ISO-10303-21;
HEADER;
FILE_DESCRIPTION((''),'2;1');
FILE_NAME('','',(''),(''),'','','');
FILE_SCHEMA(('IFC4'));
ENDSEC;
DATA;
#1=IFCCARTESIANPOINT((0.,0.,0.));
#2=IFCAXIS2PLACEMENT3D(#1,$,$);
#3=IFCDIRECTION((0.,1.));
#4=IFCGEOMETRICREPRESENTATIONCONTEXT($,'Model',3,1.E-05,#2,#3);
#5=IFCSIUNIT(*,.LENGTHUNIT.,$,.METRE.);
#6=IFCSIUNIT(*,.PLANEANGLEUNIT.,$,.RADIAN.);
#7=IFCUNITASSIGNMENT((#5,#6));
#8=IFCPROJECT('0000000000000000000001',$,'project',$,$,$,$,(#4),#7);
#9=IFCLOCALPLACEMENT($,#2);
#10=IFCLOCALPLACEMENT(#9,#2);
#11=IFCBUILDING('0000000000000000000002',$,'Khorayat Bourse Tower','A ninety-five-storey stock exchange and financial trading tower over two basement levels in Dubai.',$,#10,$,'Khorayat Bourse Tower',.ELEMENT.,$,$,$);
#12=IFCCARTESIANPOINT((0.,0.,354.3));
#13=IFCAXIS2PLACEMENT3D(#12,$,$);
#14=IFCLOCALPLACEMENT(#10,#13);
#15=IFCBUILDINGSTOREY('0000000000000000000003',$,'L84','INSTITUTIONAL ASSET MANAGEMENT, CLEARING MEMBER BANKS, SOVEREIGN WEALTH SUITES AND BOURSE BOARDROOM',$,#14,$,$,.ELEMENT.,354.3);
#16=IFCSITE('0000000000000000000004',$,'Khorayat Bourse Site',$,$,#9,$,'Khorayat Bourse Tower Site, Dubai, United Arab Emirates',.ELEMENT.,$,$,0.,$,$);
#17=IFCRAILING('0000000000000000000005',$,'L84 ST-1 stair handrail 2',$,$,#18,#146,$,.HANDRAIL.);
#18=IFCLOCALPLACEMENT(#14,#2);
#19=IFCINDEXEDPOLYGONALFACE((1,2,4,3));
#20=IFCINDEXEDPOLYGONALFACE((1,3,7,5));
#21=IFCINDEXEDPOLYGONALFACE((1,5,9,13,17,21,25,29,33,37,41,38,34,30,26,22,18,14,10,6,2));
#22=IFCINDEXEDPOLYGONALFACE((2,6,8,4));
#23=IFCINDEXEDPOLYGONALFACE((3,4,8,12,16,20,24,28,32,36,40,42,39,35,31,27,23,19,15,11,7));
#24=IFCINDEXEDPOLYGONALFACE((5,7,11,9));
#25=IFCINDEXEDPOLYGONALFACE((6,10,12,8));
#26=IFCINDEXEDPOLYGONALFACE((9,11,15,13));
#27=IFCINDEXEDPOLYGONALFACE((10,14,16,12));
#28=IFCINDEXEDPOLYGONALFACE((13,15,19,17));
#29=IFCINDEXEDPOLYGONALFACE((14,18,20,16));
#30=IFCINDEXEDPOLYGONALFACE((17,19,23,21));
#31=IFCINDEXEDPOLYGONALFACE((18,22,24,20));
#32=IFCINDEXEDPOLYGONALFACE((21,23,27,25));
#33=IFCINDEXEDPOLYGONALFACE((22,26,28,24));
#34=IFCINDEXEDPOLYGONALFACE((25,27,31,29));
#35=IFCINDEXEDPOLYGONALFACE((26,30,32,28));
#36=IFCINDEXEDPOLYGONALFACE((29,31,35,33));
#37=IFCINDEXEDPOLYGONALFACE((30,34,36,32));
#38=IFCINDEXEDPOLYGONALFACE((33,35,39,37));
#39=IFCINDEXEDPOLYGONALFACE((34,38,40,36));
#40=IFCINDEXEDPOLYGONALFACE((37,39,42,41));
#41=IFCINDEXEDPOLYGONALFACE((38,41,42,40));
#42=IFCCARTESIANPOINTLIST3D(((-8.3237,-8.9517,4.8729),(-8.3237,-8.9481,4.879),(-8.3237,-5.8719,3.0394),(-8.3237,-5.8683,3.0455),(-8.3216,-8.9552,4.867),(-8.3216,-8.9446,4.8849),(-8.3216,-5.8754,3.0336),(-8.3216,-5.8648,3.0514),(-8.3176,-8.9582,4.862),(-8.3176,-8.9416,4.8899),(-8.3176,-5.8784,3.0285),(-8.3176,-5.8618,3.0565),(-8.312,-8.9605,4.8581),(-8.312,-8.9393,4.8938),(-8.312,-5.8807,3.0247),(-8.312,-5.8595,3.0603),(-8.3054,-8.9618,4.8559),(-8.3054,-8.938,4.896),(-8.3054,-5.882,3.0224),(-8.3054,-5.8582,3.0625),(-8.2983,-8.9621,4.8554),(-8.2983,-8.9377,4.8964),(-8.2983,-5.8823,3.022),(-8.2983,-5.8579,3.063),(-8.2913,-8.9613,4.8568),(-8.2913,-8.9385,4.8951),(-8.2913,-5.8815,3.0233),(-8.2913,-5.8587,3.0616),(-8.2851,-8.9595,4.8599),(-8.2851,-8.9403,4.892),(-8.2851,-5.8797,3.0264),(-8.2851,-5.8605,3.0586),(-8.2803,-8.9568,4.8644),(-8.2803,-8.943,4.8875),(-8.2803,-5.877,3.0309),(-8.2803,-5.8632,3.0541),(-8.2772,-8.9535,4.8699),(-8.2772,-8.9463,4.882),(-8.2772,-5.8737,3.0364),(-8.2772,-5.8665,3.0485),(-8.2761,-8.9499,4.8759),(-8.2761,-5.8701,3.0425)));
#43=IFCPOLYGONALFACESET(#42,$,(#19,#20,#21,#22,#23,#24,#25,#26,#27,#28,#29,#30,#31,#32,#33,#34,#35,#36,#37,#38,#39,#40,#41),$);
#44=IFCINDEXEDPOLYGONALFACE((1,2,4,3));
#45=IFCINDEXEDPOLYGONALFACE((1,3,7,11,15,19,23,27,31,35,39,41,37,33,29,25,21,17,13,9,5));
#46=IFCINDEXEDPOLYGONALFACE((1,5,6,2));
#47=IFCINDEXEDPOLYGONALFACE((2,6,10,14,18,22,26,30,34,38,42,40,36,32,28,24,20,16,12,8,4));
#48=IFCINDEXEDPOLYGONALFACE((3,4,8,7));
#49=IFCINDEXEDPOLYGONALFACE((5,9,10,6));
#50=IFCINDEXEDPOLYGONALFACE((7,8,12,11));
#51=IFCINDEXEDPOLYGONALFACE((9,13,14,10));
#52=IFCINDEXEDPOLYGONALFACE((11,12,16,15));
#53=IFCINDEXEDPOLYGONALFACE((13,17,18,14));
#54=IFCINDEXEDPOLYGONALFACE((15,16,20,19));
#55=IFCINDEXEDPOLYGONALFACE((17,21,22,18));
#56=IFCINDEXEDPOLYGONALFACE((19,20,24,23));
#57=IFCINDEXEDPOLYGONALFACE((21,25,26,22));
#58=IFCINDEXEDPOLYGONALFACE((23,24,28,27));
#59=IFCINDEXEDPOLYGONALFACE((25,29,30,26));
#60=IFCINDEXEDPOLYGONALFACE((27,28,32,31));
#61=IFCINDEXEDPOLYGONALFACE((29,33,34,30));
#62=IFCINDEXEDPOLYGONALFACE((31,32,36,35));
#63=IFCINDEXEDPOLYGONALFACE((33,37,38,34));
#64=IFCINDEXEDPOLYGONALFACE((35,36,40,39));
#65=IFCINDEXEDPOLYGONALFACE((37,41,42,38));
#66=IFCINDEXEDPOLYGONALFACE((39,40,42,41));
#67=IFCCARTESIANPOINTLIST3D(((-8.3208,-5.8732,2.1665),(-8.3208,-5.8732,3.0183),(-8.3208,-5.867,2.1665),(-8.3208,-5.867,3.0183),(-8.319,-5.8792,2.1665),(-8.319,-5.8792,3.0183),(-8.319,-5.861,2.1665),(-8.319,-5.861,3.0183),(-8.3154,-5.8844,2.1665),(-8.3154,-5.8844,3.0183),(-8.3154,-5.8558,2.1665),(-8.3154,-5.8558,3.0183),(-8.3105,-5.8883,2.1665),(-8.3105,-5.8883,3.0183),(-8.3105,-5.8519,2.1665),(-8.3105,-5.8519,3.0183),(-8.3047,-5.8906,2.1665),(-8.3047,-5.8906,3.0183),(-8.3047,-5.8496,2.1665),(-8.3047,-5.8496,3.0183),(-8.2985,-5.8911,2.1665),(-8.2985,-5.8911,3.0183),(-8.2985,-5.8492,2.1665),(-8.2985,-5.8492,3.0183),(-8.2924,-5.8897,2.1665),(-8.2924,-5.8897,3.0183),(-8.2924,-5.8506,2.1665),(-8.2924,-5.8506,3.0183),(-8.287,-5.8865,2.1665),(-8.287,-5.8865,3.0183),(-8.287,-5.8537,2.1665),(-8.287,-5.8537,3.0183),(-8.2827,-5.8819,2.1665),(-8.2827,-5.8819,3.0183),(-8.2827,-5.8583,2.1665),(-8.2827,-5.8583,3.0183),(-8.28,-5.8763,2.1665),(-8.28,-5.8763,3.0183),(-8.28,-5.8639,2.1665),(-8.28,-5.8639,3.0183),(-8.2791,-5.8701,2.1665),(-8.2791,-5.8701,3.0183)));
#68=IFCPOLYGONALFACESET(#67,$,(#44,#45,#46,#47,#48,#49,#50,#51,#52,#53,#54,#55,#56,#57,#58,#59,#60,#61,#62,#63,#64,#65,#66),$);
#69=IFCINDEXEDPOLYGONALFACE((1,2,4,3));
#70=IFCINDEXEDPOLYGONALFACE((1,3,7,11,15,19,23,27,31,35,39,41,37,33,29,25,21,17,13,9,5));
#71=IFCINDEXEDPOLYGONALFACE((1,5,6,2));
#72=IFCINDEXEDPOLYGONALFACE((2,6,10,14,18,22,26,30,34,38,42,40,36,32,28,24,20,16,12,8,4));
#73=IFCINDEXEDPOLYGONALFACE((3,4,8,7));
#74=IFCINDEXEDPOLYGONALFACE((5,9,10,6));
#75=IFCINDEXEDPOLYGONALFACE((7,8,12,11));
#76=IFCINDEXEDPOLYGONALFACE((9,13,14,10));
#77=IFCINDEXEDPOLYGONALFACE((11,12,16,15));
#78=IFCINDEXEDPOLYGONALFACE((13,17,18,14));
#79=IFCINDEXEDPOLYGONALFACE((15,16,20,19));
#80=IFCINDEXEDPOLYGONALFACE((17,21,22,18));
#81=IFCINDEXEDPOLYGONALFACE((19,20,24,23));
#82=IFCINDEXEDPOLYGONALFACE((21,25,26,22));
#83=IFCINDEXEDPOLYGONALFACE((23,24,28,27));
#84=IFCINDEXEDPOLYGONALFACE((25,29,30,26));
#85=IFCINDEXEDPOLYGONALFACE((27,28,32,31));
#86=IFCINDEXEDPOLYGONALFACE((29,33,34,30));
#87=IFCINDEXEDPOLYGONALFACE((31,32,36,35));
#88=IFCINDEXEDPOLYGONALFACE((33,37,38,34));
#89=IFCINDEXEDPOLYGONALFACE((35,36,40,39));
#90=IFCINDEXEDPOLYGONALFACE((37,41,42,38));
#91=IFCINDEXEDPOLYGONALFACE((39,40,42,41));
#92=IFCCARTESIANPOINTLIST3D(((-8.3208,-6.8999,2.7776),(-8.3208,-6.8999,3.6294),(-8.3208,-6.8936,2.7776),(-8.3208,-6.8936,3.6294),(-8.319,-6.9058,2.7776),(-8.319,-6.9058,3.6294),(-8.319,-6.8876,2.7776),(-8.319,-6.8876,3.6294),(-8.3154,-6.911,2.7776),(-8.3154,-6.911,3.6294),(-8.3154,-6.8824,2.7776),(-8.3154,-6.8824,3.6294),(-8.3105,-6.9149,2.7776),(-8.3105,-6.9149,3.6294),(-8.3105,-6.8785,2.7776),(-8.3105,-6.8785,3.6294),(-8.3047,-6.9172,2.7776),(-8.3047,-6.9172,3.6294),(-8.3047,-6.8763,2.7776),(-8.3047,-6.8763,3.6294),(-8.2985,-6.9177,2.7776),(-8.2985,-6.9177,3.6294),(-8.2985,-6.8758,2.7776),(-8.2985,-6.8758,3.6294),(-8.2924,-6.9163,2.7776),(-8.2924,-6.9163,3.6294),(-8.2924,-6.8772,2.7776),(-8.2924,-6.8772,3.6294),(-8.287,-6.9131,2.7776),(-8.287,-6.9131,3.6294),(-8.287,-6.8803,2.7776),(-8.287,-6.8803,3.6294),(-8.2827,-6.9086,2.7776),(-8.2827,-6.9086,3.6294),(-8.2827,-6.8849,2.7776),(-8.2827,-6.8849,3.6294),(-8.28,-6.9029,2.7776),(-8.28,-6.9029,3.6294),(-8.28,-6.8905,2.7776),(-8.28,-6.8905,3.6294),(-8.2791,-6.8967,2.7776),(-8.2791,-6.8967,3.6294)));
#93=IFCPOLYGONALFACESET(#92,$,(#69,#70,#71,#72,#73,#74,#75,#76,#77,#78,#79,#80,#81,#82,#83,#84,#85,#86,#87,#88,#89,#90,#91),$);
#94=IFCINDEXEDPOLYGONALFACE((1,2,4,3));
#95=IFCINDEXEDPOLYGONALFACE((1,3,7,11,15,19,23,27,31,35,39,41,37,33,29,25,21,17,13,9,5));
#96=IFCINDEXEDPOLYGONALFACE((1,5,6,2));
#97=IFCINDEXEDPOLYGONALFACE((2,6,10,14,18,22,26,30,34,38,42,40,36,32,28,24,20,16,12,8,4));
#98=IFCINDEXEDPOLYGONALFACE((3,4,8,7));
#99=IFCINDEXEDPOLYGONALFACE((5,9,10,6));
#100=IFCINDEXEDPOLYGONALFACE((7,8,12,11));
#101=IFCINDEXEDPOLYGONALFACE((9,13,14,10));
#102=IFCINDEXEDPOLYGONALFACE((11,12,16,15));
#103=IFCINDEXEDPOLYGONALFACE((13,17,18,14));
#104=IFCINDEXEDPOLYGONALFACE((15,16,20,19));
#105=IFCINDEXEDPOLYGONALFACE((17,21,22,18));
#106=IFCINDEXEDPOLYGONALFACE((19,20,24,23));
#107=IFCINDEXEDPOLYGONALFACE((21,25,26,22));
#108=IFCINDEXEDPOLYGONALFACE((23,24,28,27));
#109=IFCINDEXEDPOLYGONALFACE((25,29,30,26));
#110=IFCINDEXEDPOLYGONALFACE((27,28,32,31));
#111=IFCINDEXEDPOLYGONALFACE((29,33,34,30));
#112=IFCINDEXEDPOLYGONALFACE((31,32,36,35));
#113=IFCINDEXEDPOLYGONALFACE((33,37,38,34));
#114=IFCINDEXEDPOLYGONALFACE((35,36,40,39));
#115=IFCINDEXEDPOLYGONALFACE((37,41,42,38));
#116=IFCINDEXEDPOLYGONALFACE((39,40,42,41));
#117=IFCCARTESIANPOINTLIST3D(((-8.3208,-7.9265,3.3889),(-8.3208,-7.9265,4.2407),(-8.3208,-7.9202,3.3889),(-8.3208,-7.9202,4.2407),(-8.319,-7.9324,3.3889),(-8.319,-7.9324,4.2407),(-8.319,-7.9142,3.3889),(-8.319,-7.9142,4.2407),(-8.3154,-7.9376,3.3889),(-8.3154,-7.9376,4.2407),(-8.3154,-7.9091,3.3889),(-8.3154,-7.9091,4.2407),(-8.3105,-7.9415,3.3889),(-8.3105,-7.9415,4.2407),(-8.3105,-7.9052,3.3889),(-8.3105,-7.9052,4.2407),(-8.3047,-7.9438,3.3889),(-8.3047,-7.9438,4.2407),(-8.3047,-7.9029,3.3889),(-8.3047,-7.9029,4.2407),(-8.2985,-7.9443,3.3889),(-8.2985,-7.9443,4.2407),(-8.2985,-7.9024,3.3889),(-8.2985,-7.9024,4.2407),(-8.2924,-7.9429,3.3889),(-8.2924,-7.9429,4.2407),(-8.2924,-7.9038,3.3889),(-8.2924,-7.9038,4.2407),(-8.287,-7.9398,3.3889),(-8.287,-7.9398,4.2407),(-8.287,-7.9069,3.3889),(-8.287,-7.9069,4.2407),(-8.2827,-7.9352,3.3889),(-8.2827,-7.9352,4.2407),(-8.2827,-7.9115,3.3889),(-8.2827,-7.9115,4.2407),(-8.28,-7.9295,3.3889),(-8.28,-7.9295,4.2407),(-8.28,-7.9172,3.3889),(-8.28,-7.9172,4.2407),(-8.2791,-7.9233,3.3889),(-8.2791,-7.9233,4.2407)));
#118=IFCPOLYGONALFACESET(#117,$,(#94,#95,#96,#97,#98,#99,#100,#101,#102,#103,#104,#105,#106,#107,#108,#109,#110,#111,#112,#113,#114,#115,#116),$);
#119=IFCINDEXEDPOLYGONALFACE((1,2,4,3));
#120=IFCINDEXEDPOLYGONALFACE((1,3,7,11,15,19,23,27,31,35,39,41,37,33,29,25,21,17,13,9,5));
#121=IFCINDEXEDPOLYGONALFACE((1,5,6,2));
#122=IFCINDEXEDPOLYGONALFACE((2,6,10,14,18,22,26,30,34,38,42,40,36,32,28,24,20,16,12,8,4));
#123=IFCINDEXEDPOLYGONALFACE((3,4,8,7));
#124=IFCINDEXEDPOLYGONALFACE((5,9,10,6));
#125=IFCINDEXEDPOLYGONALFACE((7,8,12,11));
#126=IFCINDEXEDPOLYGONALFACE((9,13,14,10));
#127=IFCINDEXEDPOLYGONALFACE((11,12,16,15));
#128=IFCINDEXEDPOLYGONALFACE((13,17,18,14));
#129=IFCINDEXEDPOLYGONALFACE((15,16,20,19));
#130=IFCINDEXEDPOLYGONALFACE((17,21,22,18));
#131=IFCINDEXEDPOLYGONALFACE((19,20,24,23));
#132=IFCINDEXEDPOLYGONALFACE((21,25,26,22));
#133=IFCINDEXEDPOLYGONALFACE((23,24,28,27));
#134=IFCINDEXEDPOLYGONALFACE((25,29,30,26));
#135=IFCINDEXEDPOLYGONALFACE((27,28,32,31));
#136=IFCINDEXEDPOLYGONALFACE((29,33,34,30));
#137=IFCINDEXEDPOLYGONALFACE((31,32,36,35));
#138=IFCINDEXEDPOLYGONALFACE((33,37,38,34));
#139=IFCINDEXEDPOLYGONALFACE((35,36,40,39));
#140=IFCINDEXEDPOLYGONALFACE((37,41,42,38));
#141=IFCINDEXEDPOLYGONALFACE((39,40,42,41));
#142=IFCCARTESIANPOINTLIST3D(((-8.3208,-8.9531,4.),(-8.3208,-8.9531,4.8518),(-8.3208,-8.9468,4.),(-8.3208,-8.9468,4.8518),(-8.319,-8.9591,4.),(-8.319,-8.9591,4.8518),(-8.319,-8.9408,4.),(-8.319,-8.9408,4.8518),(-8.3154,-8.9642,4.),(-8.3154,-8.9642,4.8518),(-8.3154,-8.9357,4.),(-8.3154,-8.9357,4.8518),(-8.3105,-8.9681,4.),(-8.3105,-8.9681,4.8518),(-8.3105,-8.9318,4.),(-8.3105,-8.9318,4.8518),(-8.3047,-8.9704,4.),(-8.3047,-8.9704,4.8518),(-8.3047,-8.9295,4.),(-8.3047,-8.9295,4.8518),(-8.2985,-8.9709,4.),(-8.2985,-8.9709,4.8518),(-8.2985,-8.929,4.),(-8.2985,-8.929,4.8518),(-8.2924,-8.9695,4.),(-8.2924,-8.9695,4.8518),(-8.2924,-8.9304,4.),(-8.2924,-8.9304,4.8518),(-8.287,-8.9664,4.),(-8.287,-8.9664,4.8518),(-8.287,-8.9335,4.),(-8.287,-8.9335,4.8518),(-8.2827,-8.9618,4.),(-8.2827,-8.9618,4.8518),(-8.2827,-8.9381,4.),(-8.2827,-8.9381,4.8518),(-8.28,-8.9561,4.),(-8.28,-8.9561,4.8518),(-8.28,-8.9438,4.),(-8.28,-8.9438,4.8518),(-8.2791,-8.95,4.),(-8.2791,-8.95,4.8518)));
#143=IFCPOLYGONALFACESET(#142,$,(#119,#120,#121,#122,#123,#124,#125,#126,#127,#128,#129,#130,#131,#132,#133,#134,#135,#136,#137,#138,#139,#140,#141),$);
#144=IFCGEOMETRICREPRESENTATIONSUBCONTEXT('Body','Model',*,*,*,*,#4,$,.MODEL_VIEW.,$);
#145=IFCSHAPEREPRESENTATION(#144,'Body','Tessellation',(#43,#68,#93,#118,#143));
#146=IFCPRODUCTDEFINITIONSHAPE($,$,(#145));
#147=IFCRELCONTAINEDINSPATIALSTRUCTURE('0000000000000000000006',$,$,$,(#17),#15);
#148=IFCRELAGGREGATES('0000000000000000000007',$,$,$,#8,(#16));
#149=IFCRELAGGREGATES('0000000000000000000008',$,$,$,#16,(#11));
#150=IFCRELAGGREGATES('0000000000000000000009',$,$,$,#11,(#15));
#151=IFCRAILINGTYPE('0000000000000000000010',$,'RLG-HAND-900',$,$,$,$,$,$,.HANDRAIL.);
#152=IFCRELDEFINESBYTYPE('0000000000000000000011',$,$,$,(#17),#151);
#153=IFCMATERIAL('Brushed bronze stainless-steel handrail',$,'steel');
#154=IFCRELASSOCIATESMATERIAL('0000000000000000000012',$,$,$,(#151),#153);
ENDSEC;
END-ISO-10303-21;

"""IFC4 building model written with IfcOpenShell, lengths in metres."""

from ifc_helpers import new_model, si_unit, direction, frame, origin, origin_2d, place, context, subcontext, project, spatial, circle, extrude, source, transform, mapped, material, type_object, element, save


model = new_model("IFC4")

# Units and contexts
model_context = context("Model", 3, precision=1e-05, world=origin(), true_north=direction((0.0, 1.0)))
body_context = subcontext(model_context, "Body", "Model", "MODEL_VIEW")
ifc_project = project(units=[si_unit("LENGTHUNIT", "METRE"), si_unit("PLANEANGLEUNIT", "RADIAN")], contexts=[model_context])

# Site, building, storey
site_placement = place(None, origin())
site = spatial("IfcSite", under=ifc_project, at=site_placement, Name="Khorayat Bourse Site", LongName="Khorayat Bourse Tower Site, Dubai, United Arab Emirates", CompositionType="ELEMENT", RefElevation=0.0)
building_placement = place(site_placement, origin())
building = spatial("IfcBuilding", under=site, at=building_placement, Name="Khorayat Bourse Tower", Description="A ninety-five-storey stock exchange and financial trading tower over two basement levels in Dubai.", LongName="Khorayat Bourse Tower", CompositionType="ELEMENT")
storey_placement = place(building_placement, frame((0.0, 0.0, 354.3)))
storey = spatial("IfcBuildingStorey", under=building, at=storey_placement, Name="L84", Description="INSTITUTIONAL ASSET MANAGEMENT, CLEARING MEMBER BANKS, SOVEREIGN WEALTH SUITES AND BOURSE BOARDROOM", CompositionType="ELEMENT", Elevation=354.3)

# Railing
ifc_material_1 = material(Name="Brushed bronze stainless-steel handrail", Category="steel")
railing_type_1 = type_object("IfcRailingType", Name="RLG-HAND-900", PredefinedType="HANDRAIL", material=ifc_material_1)
shared_shape_1 = source(origin(), body_context, "Body", "SweptSolid", [
    extrude(circle(Radius=0.0239, at=origin_2d()), frame((0.0, 0.0, 0.876), z_axis=(0.0, -0.859261, 0.511538), x_axis=(1.0, 0.0, 0.0)), (0.0, 0.0, 1.0), 3.5842),
    extrude(circle(Radius=0.021, at=origin_2d()), origin(), (0.0, 0.0, 1.0), 0.8518),
    extrude(circle(Radius=0.021, at=origin_2d()), frame((0.0, -1.0266, 0.6111)), (0.0, 0.0, 1.0), 0.8518),
    extrude(circle(Radius=0.021, at=origin_2d()), frame((0.0, -2.0532, 1.2224)), (0.0, 0.0, 1.0), 0.8518),
    extrude(circle(Radius=0.021, at=origin_2d()), frame((0.0, -3.0798, 1.8335)), (0.0, 0.0, 1.0), 0.8518),
])
railing_1_placement = place(storey_placement, frame((-8.3, -5.8701, 2.1665)))
element("IfcRailing", 1, at=railing_1_placement, inside=storey, type_object=railing_type_1, Name="L84 ST-1 stair handrail 2", PredefinedType="HANDRAIL", context=body_context, shape_type="MappedRepresentation", body=[
    mapped(shared_shape_1, transform((0.0, 0.0, 0.0), scale=1.0)),
])

save(model, "model.ifc")
